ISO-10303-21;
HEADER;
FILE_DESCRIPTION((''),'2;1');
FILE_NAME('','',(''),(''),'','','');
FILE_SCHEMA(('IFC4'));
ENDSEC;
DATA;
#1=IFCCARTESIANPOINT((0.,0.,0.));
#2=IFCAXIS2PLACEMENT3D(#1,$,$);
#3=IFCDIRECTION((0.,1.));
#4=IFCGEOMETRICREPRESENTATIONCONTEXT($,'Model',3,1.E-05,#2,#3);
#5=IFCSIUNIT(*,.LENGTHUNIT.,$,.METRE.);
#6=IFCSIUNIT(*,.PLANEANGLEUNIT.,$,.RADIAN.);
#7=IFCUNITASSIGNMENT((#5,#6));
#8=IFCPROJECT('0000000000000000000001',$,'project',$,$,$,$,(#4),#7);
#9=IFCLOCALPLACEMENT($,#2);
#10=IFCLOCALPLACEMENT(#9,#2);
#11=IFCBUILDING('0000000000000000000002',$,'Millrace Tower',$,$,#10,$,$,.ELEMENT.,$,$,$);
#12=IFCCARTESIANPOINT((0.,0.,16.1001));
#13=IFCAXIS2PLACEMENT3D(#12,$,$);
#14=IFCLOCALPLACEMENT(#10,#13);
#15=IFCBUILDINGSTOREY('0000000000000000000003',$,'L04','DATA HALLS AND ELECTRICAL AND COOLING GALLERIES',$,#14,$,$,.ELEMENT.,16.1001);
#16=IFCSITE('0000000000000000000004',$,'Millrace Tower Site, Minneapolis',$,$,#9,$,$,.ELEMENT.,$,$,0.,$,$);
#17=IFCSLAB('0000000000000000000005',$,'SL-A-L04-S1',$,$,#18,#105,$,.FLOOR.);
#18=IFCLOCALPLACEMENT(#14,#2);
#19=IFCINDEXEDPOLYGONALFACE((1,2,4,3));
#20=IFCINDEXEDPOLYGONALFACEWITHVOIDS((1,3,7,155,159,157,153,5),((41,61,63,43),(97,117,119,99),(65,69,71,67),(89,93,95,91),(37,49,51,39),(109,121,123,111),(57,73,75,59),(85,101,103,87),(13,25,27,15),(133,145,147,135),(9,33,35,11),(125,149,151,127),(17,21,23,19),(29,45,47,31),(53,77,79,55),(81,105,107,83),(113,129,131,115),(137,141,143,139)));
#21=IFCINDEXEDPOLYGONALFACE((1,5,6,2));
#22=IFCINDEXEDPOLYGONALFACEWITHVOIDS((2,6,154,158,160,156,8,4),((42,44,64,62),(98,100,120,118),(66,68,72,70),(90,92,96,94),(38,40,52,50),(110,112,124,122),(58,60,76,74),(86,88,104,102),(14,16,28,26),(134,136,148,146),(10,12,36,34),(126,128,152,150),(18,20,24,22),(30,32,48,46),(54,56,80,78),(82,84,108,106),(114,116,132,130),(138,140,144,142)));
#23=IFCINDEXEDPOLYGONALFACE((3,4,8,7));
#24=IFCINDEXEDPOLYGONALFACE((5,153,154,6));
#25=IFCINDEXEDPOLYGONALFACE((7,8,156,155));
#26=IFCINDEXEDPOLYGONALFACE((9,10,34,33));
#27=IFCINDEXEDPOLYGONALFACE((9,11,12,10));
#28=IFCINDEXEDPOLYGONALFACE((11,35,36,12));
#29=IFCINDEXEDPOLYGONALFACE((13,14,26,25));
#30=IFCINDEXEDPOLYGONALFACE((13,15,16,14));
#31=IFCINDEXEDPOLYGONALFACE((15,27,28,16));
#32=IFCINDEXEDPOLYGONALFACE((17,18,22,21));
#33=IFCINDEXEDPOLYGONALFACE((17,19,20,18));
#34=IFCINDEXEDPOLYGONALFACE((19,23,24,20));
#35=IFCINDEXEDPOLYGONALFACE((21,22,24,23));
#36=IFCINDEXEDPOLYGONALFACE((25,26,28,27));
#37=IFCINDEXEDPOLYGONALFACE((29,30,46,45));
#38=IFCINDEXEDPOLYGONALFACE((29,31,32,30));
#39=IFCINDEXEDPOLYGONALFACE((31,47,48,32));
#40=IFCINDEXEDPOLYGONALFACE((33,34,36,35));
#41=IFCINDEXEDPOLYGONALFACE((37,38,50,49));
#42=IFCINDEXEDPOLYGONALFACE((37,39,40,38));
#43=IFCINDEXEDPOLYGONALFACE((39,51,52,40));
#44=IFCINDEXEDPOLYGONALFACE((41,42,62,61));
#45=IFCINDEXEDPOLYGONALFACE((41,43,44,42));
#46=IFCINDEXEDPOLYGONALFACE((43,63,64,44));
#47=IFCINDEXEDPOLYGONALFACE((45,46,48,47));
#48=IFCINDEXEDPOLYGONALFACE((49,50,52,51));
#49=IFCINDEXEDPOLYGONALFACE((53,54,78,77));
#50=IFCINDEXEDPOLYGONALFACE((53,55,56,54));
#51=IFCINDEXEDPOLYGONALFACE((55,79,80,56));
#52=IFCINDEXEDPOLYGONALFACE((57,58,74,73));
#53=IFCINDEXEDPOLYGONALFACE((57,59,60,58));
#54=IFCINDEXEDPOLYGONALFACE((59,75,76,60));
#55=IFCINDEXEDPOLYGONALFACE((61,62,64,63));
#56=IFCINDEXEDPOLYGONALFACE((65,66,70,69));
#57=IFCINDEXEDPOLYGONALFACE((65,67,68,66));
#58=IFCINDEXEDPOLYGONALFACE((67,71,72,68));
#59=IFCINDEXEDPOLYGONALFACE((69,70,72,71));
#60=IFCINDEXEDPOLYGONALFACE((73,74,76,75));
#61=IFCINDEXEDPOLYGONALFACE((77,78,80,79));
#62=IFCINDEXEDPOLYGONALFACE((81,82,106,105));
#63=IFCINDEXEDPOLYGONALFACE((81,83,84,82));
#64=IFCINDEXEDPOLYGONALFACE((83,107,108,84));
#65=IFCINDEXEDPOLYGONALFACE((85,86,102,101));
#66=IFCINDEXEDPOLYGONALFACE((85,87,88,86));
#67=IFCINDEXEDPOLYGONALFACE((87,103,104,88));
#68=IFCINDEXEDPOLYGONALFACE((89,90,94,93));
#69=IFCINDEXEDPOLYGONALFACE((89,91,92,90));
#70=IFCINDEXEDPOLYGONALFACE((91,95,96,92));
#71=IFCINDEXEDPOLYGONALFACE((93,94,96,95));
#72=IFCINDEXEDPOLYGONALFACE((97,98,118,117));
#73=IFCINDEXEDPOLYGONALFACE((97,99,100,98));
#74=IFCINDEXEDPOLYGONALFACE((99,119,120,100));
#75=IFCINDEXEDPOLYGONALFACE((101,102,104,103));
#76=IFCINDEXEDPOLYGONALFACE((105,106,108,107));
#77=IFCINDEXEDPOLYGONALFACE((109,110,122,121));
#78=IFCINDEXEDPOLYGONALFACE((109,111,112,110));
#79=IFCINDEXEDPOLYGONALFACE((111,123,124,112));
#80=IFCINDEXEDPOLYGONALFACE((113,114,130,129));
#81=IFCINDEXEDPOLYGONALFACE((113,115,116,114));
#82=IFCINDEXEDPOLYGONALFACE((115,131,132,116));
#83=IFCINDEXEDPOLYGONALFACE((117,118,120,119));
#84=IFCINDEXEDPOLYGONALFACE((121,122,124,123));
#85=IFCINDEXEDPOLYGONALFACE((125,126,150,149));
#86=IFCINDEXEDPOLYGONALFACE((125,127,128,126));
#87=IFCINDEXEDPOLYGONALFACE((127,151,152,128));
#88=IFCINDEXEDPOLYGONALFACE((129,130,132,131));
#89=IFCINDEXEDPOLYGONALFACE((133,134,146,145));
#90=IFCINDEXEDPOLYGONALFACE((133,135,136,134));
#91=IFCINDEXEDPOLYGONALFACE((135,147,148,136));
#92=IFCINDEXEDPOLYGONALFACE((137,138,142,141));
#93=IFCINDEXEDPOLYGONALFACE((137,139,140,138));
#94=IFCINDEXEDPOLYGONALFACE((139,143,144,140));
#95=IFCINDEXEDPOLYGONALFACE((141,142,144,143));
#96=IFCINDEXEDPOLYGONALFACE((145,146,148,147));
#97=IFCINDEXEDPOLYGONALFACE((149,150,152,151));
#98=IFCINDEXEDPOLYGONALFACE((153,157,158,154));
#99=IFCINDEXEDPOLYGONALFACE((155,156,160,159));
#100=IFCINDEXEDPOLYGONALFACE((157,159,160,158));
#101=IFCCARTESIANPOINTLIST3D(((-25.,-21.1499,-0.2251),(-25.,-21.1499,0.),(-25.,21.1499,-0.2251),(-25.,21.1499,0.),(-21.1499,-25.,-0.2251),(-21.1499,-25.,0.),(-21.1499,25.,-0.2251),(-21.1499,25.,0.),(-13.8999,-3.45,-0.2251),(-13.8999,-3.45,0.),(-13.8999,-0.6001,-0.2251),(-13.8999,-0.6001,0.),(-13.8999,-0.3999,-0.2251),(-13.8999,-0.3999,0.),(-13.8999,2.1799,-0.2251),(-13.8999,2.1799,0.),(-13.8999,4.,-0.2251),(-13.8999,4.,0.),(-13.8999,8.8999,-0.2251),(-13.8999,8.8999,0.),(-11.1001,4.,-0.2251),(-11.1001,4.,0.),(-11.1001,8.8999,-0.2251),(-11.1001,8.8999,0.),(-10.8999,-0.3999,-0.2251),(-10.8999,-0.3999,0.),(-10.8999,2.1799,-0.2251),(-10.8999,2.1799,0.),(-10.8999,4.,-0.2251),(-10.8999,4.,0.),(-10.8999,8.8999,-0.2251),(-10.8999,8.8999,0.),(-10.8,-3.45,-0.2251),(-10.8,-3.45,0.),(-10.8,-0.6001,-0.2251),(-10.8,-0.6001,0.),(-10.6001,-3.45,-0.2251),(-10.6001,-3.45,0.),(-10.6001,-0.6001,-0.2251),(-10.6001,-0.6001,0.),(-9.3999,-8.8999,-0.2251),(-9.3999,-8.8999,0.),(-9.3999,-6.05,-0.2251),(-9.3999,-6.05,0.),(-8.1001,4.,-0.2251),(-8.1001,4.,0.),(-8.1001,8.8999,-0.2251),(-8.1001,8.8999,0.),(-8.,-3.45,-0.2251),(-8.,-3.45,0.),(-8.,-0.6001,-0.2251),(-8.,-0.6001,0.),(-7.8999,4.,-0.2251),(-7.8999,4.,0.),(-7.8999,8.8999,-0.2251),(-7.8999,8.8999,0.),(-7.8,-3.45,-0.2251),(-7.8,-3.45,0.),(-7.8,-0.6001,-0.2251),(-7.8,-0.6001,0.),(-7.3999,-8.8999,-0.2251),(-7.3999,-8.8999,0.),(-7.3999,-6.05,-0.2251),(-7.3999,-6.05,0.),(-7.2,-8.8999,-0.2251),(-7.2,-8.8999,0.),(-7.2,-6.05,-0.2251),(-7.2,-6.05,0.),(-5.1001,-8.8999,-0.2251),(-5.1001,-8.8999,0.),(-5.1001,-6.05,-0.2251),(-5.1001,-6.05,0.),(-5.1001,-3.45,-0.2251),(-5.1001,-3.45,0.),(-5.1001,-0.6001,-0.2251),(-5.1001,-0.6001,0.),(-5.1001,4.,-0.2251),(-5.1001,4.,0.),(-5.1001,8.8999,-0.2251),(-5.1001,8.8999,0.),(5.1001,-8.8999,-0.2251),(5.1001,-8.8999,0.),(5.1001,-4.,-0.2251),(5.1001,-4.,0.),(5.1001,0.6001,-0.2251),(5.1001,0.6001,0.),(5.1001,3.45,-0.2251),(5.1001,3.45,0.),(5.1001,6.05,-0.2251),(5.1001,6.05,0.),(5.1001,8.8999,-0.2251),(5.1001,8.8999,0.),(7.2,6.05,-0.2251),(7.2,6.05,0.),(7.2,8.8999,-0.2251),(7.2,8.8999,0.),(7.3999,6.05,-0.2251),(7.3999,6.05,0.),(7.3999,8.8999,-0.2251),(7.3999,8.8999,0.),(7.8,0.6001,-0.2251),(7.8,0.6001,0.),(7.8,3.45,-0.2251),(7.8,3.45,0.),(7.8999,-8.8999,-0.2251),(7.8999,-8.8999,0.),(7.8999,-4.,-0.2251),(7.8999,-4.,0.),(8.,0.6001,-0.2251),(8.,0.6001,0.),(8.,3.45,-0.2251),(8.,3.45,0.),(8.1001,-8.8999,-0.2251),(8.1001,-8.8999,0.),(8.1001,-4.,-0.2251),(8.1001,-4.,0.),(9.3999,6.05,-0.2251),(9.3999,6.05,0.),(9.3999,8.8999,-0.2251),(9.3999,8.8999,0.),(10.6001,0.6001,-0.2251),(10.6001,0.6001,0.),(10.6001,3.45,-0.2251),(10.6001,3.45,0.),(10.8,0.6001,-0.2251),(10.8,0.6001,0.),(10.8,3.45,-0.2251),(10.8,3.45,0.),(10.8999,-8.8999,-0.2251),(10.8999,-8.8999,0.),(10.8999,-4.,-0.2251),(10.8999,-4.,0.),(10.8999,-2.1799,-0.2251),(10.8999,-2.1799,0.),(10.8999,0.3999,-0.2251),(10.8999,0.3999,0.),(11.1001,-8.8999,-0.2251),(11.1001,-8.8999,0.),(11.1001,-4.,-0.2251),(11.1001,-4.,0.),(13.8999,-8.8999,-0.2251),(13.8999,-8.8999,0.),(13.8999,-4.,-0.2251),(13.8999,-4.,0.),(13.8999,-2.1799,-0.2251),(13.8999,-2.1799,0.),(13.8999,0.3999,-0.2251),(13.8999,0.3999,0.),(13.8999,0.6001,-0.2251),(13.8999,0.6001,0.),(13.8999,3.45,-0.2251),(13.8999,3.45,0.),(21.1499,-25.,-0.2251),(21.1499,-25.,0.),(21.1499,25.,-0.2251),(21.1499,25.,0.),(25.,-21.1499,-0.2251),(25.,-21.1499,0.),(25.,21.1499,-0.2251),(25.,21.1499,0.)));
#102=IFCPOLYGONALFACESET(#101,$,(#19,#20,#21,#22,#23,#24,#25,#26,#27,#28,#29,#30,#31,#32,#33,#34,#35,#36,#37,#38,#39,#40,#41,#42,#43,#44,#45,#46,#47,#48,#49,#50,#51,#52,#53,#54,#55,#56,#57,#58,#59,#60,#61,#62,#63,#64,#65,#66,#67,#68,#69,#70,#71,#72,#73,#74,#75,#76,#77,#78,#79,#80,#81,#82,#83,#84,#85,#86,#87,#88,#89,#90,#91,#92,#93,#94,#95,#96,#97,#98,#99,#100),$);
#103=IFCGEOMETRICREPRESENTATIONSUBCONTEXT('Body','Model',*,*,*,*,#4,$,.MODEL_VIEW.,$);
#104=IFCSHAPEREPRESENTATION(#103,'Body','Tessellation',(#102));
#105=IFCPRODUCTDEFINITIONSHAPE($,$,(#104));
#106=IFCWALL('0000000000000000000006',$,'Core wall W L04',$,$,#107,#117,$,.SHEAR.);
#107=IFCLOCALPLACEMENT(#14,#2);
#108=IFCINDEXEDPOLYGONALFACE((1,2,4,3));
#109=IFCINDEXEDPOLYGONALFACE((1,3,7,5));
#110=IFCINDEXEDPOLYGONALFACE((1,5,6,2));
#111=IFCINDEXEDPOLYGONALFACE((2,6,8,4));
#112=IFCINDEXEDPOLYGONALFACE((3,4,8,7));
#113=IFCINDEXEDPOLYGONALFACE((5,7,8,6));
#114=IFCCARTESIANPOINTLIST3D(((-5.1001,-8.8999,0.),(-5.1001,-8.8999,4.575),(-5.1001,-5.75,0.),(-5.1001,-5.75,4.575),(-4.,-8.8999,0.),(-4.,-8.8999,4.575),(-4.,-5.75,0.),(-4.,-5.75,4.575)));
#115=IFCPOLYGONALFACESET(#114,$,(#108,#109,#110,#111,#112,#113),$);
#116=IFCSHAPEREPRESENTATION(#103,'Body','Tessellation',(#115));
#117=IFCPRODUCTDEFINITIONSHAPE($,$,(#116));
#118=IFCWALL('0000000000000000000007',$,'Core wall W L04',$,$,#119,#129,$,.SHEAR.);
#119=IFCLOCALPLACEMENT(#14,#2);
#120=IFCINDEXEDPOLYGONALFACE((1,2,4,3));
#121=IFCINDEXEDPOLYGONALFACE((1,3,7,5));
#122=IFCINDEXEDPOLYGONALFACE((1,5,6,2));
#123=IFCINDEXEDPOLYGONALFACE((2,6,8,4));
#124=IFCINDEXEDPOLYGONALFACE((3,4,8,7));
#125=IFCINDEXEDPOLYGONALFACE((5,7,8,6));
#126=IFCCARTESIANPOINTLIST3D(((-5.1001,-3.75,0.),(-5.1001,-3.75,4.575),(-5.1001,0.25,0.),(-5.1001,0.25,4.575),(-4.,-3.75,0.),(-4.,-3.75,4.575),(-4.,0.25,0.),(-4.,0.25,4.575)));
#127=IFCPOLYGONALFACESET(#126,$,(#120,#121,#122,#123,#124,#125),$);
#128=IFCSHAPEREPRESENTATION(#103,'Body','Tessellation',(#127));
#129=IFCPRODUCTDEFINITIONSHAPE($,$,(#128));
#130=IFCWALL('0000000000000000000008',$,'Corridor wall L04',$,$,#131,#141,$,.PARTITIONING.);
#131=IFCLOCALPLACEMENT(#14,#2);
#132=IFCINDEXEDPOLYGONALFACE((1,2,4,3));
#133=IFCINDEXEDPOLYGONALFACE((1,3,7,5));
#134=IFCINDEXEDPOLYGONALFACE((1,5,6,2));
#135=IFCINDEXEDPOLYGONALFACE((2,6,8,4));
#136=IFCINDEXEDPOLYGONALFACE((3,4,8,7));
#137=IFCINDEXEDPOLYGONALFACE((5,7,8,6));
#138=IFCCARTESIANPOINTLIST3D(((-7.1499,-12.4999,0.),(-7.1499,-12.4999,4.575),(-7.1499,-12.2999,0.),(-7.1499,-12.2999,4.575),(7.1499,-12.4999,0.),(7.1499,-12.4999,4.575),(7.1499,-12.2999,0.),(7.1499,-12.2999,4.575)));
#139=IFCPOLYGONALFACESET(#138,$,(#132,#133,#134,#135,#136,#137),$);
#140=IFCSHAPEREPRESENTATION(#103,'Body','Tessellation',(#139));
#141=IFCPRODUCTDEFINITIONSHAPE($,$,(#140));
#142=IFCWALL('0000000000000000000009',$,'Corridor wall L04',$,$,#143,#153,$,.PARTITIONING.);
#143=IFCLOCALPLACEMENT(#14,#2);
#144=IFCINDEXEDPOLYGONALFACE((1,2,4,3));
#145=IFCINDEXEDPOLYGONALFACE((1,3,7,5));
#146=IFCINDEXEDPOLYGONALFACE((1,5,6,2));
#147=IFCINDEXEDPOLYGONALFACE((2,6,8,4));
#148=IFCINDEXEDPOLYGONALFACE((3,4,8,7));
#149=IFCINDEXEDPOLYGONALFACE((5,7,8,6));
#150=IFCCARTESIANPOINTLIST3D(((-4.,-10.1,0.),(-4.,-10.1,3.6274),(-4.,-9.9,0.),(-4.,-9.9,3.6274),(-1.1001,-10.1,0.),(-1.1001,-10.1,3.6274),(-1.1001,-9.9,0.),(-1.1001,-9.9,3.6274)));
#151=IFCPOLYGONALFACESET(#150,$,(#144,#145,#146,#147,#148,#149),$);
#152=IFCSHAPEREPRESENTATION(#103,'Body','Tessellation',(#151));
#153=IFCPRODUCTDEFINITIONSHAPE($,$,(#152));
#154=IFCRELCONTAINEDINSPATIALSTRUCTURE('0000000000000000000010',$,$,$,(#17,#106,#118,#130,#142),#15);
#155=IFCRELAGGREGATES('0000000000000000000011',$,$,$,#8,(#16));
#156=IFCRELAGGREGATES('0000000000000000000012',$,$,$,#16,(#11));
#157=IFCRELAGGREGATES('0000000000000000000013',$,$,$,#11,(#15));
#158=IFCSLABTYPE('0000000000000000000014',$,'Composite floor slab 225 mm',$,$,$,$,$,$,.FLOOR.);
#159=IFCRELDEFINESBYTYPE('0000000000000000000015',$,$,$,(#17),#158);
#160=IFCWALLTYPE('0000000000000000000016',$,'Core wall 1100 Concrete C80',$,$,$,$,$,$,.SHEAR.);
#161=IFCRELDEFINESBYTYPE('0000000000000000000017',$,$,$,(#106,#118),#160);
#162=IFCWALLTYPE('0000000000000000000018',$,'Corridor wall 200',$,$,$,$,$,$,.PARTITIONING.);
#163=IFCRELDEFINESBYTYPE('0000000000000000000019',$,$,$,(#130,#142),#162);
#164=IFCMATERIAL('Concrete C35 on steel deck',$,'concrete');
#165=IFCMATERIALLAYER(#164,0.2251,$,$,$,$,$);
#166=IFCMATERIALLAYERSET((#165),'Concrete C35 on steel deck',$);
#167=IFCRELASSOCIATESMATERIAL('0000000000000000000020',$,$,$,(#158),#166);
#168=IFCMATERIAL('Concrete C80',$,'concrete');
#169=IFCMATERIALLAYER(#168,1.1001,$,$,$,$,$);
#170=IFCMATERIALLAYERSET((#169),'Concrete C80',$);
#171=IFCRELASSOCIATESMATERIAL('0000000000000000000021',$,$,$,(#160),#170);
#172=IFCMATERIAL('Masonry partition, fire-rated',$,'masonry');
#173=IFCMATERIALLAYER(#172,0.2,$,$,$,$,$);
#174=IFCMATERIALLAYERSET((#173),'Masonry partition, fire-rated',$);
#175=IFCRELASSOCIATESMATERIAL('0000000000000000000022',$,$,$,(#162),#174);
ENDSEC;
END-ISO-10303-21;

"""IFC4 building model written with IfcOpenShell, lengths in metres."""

from ifc_helpers import new_model, si_unit, direction, frame, frame_2d, origin, place, context, subcontext, project, spatial, polyline, rectangle, outline, extrude, material, layer, layer_set, type_object, element, save


model = new_model("IFC4")

# Units and contexts
model_context = context("Model", 3, precision=1e-05, world=origin(), true_north=direction((0.0, 1.0)))
body_context = subcontext(model_context, "Body", "Model", "MODEL_VIEW")
ifc_project = project(units=[si_unit("LENGTHUNIT", "METRE"), si_unit("PLANEANGLEUNIT", "RADIAN")], contexts=[model_context])

# Site, building, storey
site_placement = place(None, origin())
site = spatial("IfcSite", under=ifc_project, at=site_placement, Name="Millrace Tower Site, Minneapolis", CompositionType="ELEMENT", RefElevation=0.0)
building_placement = place(site_placement, origin())
building = spatial("IfcBuilding", under=site, at=building_placement, Name="Millrace Tower", CompositionType="ELEMENT")
storey_placement = place(building_placement, frame((0.0, 0.0, 16.1001)))
storey = spatial("IfcBuildingStorey", under=building, at=storey_placement, Name="L04", Description="DATA HALLS AND ELECTRICAL AND COOLING GALLERIES", CompositionType="ELEMENT", Elevation=16.1001)

# Slab
ifc_material_1 = material(Name="Concrete C35 on steel deck", Category="concrete")
ifc_layer_1 = layer(ifc_material_1, 0.2251)
ifc_layer_set_1 = layer_set([ifc_layer_1], Name="Concrete C35 on steel deck")
slab_type = type_object("IfcSlabType", Name="Composite floor slab 225 mm", PredefinedType="FLOOR", material=ifc_layer_set_1)
slab_placement = place(storey_placement, frame((0.0, 0.0, -0.2251)))
element("IfcSlab", 1, at=slab_placement, inside=storey, type_object=slab_type, Name="SL-A-L04-S1", PredefinedType="FLOOR", context=body_context, shape_type="SweptSolid", body=[
    extrude(outline(polyline([(-25.0, -21.1499), (-21.1499, -25.0), (21.1499, -25.0), (25.0, -21.1499), (25.0, 21.1499), (21.1499, 25.0), (-21.1499, 25.0), (-25.0, 21.1499), (-25.0, -21.1499)]), holes=[polyline([(-9.3999, -8.8999), (-7.3999, -8.8999), (-7.3999, -6.05), (-9.3999, -6.05), (-9.3999, -8.8999)]), polyline([(-7.2, -8.8999), (-5.1001, -8.8999), (-5.1001, -6.05), (-7.2, -6.05), (-7.2, -8.8999)]), polyline([(-13.8999, -3.45), (-10.8, -3.45), (-10.8, -0.6001), (-13.8999, -0.6001), (-13.8999, -3.45)]), polyline([(-10.6001, -3.45), (-8.0, -3.45), (-8.0, -0.6001), (-10.6001, -0.6001), (-10.6001, -3.45)]), polyline([(-7.8, -3.45), (-5.1001, -3.45), (-5.1001, -0.6001), (-7.8, -0.6001), (-7.8, -3.45)]), polyline([(-13.8999, -0.3999), (-10.8999, -0.3999), (-10.8999, 2.1799), (-13.8999, 2.1799), (-13.8999, -0.3999)]), polyline([(-13.8999, 4.0), (-11.1001, 4.0), (-11.1001, 8.8999), (-13.8999, 8.8999), (-13.8999, 4.0)]), polyline([(-10.8999, 4.0), (-8.1001, 4.0), (-8.1001, 8.8999), (-10.8999, 8.8999), (-10.8999, 4.0)]), polyline([(-7.8999, 4.0), (-5.1001, 4.0), (-5.1001, 8.8999), (-7.8999, 8.8999), (-7.8999, 4.0)]), polyline([(7.3999, 6.05), (9.3999, 6.05), (9.3999, 8.8999), (7.3999, 8.8999), (7.3999, 6.05)]), polyline([(5.1001, 6.05), (7.2, 6.05), (7.2, 8.8999), (5.1001, 8.8999), (5.1001, 6.05)]), polyline([(10.8, 0.6001), (13.8999, 0.6001), (13.8999, 3.45), (10.8, 3.45), (10.8, 0.6001)]), polyline([(8.0, 0.6001), (10.6001, 0.6001), (10.6001, 3.45), (8.0, 3.45), (8.0, 0.6001)]), polyline([(5.1001, 0.6001), (7.8, 0.6001), (7.8, 3.45), (5.1001, 3.45), (5.1001, 0.6001)]), polyline([(10.8999, -2.1799), (13.8999, -2.1799), (13.8999, 0.3999), (10.8999, 0.3999), (10.8999, -2.1799)]), polyline([(11.1001, -8.8999), (13.8999, -8.8999), (13.8999, -4.0), (11.1001, -4.0), (11.1001, -8.8999)]), polyline([(8.1001, -8.8999), (10.8999, -8.8999), (10.8999, -4.0), (8.1001, -4.0), (8.1001, -8.8999)]), polyline([(5.1001, -8.8999), (7.8999, -8.8999), (7.8999, -4.0), (5.1001, -4.0), (5.1001, -8.8999)])]), origin(), (0.0, 0.0, 1.0), 0.2251),
])

# Walls
ifc_material_2 = material(Name="Concrete C80", Category="concrete")
ifc_layer_2 = layer(ifc_material_2, 1.1001)
ifc_layer_set_2 = layer_set([ifc_layer_2], Name="Concrete C80")
wall_type_1 = type_object("IfcWallType", Name="Core wall 1100 Concrete C80", PredefinedType="SHEAR", material=ifc_layer_set_2)
wall_1_placement = place(storey_placement, frame((-4.55, -8.8999, 0.0), z_axis=(0.0, 0.0, 1.0), x_axis=(0.0, 1.0, 0.0)))
element("IfcWall", 2, at=wall_1_placement, inside=storey, type_object=wall_type_1, Name="Core wall W L04", PredefinedType="SHEAR", context=body_context, shape_type="SweptSolid", body=[
    extrude(rectangle(XDim=3.1499, YDim=1.1001, at=frame_2d((1.575, 0.0))), origin(), (0.0, 0.0, 1.0), 4.575),
])
wall_2_placement = place(storey_placement, frame((-4.55, -3.75, 0.0), z_axis=(0.0, 0.0, 1.0), x_axis=(0.0, 1.0, 0.0)))
element("IfcWall", 3, at=wall_2_placement, inside=storey, type_object=wall_type_1, Name="Core wall W L04", PredefinedType="SHEAR", context=body_context, shape_type="SweptSolid", body=[
    extrude(rectangle(XDim=4.0, YDim=1.1001, at=frame_2d((2.0, 0.0))), origin(), (0.0, 0.0, 1.0), 4.575),
])
ifc_material_3 = material(Name="Masonry partition, fire-rated", Category="masonry")
ifc_layer_3 = layer(ifc_material_3, 0.2)
ifc_layer_set_3 = layer_set([ifc_layer_3], Name="Masonry partition, fire-rated")
wall_type_2 = type_object("IfcWallType", Name="Corridor wall 200", PredefinedType="PARTITIONING", material=ifc_layer_set_3)
wall_3_placement = place(storey_placement, frame((-7.1499, -12.3999, 0.0), z_axis=(0.0, 0.0, 1.0), x_axis=(1.0, 0.0, 0.0)))
element("IfcWall", 4, at=wall_3_placement, inside=storey, type_object=wall_type_2, Name="Corridor wall L04", PredefinedType="PARTITIONING", context=body_context, shape_type="SweptSolid", body=[
    extrude(rectangle(XDim=14.2998, YDim=0.2, at=frame_2d((7.1499, 0.0))), origin(), (0.0, 0.0, 1.0), 4.575),
])
wall_4_placement = place(storey_placement, frame((-4.0, -10.0, 0.0), z_axis=(0.0, 0.0, 1.0), x_axis=(1.0, 0.0, 0.0)))
element("IfcWall", 5, at=wall_4_placement, inside=storey, type_object=wall_type_2, Name="Corridor wall L04", PredefinedType="PARTITIONING", context=body_context, shape_type="SweptSolid", body=[
    extrude(rectangle(XDim=2.8999, YDim=0.2, at=frame_2d((1.45, 0.0))), origin(), (0.0, 0.0, 1.0), 3.6274),
])

save(model, "model.ifc")
